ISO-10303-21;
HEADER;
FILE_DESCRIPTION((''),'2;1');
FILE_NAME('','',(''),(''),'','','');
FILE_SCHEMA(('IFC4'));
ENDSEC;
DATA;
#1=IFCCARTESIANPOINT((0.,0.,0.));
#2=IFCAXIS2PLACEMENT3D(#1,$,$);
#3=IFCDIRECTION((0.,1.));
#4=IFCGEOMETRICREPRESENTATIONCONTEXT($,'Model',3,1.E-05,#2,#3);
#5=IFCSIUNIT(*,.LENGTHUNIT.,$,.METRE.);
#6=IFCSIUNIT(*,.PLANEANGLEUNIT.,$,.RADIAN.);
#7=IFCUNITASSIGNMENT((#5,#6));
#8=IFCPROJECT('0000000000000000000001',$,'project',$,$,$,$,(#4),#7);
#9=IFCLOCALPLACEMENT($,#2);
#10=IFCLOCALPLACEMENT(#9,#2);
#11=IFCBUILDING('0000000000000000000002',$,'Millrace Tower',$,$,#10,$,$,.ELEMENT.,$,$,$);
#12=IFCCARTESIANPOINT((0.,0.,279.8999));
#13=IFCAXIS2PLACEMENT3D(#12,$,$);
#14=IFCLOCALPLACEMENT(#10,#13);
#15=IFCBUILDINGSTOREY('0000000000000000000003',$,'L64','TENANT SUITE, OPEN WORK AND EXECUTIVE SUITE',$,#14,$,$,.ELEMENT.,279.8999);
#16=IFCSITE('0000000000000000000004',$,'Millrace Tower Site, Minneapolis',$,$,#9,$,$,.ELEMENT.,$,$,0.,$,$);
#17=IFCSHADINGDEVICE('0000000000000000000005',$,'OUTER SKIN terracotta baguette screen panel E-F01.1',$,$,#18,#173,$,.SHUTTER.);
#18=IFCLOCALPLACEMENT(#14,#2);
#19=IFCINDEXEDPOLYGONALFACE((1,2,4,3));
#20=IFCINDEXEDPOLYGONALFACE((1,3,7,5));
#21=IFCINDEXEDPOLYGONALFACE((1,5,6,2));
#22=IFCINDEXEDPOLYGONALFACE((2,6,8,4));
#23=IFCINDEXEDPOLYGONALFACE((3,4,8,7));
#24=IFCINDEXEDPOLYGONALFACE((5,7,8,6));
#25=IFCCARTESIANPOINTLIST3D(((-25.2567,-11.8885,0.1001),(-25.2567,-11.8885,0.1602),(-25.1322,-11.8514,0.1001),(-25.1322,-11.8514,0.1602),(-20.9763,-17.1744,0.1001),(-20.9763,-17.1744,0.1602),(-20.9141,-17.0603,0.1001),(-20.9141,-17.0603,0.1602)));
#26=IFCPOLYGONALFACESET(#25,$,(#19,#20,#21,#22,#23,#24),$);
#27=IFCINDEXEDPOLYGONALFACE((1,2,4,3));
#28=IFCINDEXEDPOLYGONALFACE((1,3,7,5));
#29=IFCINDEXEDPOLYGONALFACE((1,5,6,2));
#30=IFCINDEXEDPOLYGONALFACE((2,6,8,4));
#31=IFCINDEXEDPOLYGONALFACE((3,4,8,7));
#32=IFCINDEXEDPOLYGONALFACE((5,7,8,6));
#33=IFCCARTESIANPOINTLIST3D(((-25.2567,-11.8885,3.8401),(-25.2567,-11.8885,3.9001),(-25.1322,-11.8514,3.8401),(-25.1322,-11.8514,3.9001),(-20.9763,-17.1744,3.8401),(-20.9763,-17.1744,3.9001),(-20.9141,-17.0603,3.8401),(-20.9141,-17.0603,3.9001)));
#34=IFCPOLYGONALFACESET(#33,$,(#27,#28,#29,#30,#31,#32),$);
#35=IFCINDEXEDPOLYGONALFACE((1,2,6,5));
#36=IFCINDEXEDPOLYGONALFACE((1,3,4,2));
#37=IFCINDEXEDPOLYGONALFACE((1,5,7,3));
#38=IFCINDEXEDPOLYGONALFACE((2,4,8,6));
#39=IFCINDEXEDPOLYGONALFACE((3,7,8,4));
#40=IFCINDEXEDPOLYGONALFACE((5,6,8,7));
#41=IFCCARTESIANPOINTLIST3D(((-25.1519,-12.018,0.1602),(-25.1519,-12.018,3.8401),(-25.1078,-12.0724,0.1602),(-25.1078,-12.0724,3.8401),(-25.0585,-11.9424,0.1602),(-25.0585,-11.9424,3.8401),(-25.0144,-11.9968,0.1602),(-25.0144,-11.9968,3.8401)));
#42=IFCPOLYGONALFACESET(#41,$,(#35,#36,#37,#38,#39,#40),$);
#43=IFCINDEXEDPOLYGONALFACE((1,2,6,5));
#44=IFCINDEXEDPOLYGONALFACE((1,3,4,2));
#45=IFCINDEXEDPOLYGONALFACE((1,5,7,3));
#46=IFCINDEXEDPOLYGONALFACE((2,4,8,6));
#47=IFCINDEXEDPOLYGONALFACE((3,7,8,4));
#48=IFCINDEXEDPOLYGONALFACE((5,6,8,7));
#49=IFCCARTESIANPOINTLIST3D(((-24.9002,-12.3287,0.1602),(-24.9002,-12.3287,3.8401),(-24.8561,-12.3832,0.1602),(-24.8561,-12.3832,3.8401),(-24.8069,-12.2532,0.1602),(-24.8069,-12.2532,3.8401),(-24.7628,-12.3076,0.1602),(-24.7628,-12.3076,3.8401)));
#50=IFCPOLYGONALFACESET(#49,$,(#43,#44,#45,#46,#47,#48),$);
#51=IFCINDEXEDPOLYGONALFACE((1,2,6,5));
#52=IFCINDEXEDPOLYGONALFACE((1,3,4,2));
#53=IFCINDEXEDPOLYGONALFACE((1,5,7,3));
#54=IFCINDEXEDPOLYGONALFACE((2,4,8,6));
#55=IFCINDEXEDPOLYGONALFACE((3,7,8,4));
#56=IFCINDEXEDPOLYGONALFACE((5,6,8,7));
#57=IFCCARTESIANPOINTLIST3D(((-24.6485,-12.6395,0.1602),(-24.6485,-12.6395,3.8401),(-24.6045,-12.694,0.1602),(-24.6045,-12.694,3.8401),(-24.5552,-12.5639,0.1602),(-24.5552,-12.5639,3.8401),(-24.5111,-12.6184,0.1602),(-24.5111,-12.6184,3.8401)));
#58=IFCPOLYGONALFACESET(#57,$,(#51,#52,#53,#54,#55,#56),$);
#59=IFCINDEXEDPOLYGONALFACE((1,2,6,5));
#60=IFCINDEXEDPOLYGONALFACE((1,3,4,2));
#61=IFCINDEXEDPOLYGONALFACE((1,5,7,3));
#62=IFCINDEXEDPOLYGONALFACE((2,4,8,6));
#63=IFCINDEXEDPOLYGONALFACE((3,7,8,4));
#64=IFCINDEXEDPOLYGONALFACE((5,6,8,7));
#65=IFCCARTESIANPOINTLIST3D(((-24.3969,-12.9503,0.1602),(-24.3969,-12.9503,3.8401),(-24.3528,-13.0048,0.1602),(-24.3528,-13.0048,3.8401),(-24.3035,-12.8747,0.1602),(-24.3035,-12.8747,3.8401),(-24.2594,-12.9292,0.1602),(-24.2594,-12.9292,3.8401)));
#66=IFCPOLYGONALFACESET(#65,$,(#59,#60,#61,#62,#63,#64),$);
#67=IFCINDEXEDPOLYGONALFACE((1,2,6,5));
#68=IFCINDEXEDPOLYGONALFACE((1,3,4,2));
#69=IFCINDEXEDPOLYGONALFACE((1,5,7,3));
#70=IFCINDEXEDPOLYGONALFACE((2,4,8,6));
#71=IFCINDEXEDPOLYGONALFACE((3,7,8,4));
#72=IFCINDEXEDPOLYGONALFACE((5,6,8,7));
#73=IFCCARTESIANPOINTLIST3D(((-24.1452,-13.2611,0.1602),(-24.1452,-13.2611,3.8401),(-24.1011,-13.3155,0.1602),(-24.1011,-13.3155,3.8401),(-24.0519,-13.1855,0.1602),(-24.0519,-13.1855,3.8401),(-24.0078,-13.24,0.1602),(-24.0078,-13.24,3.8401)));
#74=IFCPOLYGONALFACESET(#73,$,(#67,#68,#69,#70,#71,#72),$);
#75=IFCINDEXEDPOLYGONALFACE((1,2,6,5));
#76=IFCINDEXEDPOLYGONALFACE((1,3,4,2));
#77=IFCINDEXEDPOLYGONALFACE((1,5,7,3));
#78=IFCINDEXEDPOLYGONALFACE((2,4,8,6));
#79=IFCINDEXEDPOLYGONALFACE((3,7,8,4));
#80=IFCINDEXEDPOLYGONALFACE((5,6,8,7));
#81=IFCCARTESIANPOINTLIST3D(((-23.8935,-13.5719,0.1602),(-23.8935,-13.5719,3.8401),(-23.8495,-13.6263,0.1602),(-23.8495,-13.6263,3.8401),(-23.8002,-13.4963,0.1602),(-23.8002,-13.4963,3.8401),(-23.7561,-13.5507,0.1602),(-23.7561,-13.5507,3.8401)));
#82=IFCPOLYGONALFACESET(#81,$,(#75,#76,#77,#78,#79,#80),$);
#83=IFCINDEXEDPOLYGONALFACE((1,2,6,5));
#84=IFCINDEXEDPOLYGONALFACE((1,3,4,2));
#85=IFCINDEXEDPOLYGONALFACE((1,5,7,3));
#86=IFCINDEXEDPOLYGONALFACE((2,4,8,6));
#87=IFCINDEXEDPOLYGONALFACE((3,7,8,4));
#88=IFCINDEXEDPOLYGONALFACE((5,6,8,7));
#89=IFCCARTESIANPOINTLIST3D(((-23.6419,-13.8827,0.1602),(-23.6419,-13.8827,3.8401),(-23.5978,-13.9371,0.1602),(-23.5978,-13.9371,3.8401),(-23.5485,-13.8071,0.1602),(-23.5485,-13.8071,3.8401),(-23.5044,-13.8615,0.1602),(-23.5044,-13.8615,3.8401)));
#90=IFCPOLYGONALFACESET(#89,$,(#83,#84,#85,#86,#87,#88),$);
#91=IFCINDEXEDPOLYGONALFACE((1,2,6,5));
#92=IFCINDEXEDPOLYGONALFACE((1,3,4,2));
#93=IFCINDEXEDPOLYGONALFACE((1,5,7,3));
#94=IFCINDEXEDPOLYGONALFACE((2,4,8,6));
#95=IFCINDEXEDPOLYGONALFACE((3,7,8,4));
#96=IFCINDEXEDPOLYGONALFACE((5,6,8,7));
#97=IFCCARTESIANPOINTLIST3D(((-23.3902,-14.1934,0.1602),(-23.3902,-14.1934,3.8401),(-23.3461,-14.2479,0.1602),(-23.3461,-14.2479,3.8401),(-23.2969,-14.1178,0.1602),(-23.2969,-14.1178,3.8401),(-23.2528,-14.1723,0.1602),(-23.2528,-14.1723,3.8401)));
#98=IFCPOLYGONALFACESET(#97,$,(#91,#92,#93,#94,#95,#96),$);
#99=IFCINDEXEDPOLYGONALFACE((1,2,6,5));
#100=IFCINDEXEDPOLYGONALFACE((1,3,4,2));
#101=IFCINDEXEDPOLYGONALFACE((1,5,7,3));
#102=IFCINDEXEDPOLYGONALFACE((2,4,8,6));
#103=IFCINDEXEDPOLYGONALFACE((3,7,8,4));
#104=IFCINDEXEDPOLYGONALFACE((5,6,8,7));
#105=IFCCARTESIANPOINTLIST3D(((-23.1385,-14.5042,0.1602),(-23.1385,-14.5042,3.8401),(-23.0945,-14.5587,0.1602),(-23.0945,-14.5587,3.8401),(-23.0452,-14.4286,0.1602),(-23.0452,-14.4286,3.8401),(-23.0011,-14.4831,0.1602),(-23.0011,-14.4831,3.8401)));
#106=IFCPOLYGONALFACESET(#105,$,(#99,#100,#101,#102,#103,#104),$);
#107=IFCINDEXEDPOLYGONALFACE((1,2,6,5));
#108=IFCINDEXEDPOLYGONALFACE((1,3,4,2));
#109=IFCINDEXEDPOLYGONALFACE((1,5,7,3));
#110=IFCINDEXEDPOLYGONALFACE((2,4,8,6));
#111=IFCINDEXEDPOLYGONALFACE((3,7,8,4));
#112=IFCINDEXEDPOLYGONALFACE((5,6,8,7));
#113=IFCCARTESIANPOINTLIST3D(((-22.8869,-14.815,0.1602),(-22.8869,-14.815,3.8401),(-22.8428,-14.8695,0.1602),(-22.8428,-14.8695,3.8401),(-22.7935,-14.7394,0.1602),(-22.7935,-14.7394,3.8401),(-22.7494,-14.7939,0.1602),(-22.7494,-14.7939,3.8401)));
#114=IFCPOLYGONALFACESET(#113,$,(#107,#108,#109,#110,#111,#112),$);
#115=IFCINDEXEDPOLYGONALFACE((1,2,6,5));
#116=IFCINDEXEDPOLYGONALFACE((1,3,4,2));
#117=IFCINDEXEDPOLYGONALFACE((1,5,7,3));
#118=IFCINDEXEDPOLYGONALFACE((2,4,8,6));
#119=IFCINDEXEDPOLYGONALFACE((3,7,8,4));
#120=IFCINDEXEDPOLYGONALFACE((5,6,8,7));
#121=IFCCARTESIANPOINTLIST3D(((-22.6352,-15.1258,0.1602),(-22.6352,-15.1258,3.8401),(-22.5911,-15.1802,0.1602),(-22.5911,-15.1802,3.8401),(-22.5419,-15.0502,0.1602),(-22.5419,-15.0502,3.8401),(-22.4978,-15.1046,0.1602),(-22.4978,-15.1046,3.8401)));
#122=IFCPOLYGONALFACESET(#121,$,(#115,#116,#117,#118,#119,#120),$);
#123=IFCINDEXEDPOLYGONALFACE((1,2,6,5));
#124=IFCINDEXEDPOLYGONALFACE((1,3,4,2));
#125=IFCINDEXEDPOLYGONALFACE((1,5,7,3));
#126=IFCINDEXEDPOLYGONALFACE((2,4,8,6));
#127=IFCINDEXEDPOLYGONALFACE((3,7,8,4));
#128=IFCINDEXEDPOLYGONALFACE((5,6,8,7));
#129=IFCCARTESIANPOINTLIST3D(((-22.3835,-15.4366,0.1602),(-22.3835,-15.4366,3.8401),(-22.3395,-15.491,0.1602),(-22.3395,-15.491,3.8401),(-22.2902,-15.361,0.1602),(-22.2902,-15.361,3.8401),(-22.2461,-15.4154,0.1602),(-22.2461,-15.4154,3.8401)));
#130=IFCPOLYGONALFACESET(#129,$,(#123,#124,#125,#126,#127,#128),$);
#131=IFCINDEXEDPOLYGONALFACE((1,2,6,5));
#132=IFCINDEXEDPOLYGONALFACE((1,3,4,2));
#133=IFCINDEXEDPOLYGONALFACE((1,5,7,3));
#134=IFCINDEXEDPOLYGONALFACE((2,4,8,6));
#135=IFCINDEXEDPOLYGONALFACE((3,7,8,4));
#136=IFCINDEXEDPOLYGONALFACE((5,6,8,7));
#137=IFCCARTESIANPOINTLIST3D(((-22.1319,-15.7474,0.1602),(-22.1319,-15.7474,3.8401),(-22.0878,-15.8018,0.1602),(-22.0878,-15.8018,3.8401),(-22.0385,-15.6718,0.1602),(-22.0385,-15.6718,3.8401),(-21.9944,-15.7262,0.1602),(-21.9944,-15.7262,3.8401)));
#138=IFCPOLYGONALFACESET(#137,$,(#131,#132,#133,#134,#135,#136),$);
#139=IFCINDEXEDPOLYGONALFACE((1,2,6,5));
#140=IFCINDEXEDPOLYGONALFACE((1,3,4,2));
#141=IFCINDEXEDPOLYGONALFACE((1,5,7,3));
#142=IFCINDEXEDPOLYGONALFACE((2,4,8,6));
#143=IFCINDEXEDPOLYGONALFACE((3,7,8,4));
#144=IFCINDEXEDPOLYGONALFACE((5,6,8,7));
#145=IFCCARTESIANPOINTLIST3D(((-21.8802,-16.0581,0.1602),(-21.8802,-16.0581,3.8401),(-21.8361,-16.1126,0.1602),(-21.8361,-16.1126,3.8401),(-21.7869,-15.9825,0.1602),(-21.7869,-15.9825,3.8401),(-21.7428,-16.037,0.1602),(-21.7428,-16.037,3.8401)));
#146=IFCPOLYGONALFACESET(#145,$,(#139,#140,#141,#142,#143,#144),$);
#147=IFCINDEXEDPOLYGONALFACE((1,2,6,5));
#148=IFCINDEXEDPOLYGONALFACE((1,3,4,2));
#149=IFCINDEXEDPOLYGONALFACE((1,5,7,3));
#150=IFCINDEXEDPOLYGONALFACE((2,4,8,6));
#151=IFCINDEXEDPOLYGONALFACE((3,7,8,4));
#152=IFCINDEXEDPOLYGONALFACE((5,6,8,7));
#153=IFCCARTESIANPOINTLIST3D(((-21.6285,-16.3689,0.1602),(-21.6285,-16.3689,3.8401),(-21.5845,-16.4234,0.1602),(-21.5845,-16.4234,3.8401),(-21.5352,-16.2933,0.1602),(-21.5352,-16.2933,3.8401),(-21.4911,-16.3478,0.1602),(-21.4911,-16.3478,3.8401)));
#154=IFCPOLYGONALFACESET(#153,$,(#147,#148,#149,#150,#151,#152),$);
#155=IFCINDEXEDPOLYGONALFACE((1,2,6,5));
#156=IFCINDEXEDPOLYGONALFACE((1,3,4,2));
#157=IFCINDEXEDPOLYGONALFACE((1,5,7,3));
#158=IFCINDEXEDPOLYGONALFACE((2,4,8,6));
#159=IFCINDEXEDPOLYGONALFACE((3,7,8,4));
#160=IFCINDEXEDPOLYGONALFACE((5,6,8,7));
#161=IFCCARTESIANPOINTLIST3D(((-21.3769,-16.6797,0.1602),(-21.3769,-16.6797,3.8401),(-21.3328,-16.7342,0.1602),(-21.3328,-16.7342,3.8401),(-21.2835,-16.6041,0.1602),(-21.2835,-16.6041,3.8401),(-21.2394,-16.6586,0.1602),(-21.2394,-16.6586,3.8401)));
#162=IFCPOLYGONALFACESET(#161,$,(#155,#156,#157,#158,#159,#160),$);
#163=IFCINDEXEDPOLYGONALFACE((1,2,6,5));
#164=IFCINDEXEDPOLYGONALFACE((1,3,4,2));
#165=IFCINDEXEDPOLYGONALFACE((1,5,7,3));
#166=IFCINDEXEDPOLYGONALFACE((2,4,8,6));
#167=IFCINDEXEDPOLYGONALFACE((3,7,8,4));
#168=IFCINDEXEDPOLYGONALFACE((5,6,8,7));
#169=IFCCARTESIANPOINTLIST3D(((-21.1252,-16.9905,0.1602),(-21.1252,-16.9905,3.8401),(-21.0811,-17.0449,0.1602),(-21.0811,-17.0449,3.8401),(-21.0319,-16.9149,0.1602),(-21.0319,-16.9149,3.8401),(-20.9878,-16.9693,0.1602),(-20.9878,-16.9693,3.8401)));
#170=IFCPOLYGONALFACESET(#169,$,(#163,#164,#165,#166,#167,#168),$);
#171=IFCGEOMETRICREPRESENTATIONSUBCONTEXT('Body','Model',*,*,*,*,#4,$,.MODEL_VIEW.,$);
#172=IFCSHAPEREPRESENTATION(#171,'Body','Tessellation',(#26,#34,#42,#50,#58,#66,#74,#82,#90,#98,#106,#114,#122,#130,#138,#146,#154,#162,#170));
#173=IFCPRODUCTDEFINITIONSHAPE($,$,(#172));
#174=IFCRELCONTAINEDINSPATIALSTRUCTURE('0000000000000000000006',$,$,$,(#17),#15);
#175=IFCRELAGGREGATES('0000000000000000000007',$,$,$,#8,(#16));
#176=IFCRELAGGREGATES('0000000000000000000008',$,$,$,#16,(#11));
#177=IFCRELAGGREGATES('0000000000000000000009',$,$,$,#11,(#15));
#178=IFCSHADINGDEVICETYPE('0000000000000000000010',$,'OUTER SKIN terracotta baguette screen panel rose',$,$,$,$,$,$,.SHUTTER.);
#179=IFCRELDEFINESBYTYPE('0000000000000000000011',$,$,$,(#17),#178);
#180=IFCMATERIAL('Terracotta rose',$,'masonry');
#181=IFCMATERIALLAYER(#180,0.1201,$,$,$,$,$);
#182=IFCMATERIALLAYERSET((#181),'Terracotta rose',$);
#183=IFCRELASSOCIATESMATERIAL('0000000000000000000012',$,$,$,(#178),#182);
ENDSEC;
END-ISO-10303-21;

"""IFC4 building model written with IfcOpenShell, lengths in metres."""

from ifc_helpers import new_model, entity, si_unit, direction, frame, frame_2d, origin, origin_2d, place, context, subcontext, project, spatial, rectangle, extrude, source, transform, mapped, material, layer, layer_set, type_object, element, save


model = new_model("IFC4")

# Units and contexts
model_context = context("Model", 3, precision=1e-05, world=origin(), true_north=direction((0.0, 1.0)))
body_context = subcontext(model_context, "Body", "Model", "MODEL_VIEW")
ifc_project = project(units=[si_unit("LENGTHUNIT", "METRE"), si_unit("PLANEANGLEUNIT", "RADIAN")], contexts=[model_context])

# Site, building, storey
site_placement = place(None, origin())
site = spatial("IfcSite", under=ifc_project, at=site_placement, Name="Millrace Tower Site, Minneapolis", CompositionType="ELEMENT", RefElevation=0.0)
building_placement = place(site_placement, origin())
building = spatial("IfcBuilding", under=site, at=building_placement, Name="Millrace Tower", CompositionType="ELEMENT")
storey_placement = place(building_placement, frame((0.0, 0.0, 279.8999)))
storey = spatial("IfcBuildingStorey", under=building, at=storey_placement, Name="L64", Description="TENANT SUITE, OPEN WORK AND EXECUTIVE SUITE", CompositionType="ELEMENT", Elevation=279.8999)

# Shading device
ifc_material_1 = material(Name="Terracotta rose", Category="masonry")
ifc_layer_1 = layer(ifc_material_1, 0.1201)
ifc_layer_set_1 = layer_set([ifc_layer_1], Name="Terracotta rose")
shading_device_type = type_object("IfcShadingDeviceType", Name="OUTER SKIN terracotta baguette screen panel rose", PredefinedType="SHUTTER", material=ifc_layer_set_1)
cartesian_point_1 = entity("IfcCartesianPoint", [-3.3513, 0.0601])
shared_polyline_1 = entity("IfcPolyline", [cartesian_point_1, entity("IfcCartesianPoint", [3.3513, 0.0601]), entity("IfcCartesianPoint", [3.4009, -0.0601]), entity("IfcCartesianPoint", [-3.4009, -0.0601]), cartesian_point_1])
shared_shape_1 = source(origin(), body_context, "Body", "SweptSolid", [
    entity("IfcExtrudedAreaSolid", entity("IfcArbitraryClosedProfileDef", "AREA", None, shared_polyline_1), entity("IfcAxis2Placement3D", entity("IfcCartesianPoint", [0.0, 0.0, 0.0])), entity("IfcDirection", [0.0, 0.0, 1.0]), 0.0601),
    entity("IfcExtrudedAreaSolid", entity("IfcArbitraryClosedProfileDef", "AREA", None, shared_polyline_1), entity("IfcAxis2Placement3D", entity("IfcCartesianPoint", [0.0, 0.0, 3.74])), entity("IfcDirection", [0.0, 0.0, 1.0]), 0.0601),
    extrude(rectangle(XDim=0.0701, YDim=0.1201, at=frame_2d((-3.1992, 0.0))), frame((0.0, 0.0, 0.0601)), (0.0, 0.0, 1.0), 3.6799),
    extrude(rectangle(XDim=0.0701, YDim=0.1201, at=frame_2d((-2.7993, 0.0))), frame((0.0, 0.0, 0.0601)), (0.0, 0.0, 1.0), 3.6799),
    extrude(rectangle(XDim=0.0701, YDim=0.1201, at=frame_2d((-2.3994, 0.0))), frame((0.0, 0.0, 0.0601)), (0.0, 0.0, 1.0), 3.6799),
    extrude(rectangle(XDim=0.0701, YDim=0.1201, at=frame_2d((-1.9995, 0.0))), frame((0.0, 0.0, 0.0601)), (0.0, 0.0, 1.0), 3.6799),
    extrude(rectangle(XDim=0.0701, YDim=0.1201, at=frame_2d((-1.5996, 0.0))), frame((0.0, 0.0, 0.0601)), (0.0, 0.0, 1.0), 3.6799),
    extrude(rectangle(XDim=0.0701, YDim=0.1201, at=frame_2d((-1.1997, 0.0))), frame((0.0, 0.0, 0.0601)), (0.0, 0.0, 1.0), 3.6799),
    extrude(rectangle(XDim=0.0701, YDim=0.1201, at=frame_2d((-0.7998, 0.0))), frame((0.0, 0.0, 0.0601)), (0.0, 0.0, 1.0), 3.6799),
    extrude(rectangle(XDim=0.0701, YDim=0.1201, at=frame_2d((-0.3999, 0.0))), frame((0.0, 0.0, 0.0601)), (0.0, 0.0, 1.0), 3.6799),
    extrude(rectangle(XDim=0.0701, YDim=0.1201, at=origin_2d()), frame((0.0, 0.0, 0.0601)), (0.0, 0.0, 1.0), 3.6799),
    extrude(rectangle(XDim=0.0701, YDim=0.1201, at=frame_2d((0.3999, 0.0))), frame((0.0, 0.0, 0.0601)), (0.0, 0.0, 1.0), 3.6799),
    extrude(rectangle(XDim=0.0701, YDim=0.1201, at=frame_2d((0.7998, 0.0))), frame((0.0, 0.0, 0.0601)), (0.0, 0.0, 1.0), 3.6799),
    extrude(rectangle(XDim=0.0701, YDim=0.1201, at=frame_2d((1.1997, 0.0))), frame((0.0, 0.0, 0.0601)), (0.0, 0.0, 1.0), 3.6799),
    extrude(rectangle(XDim=0.0701, YDim=0.1201, at=frame_2d((1.5996, 0.0))), frame((0.0, 0.0, 0.0601)), (0.0, 0.0, 1.0), 3.6799),
    extrude(rectangle(XDim=0.0701, YDim=0.1201, at=frame_2d((1.9995, 0.0))), frame((0.0, 0.0, 0.0601)), (0.0, 0.0, 1.0), 3.6799),
    extrude(rectangle(XDim=0.0701, YDim=0.1201, at=frame_2d((2.3994, 0.0))), frame((0.0, 0.0, 0.0601)), (0.0, 0.0, 1.0), 3.6799),
    extrude(rectangle(XDim=0.0701, YDim=0.1201, at=frame_2d((2.7993, 0.0))), frame((0.0, 0.0, 0.0601)), (0.0, 0.0, 1.0), 3.6799),
    extrude(rectangle(XDim=0.0701, YDim=0.1201, at=frame_2d((3.1992, 0.0))), frame((0.0, 0.0, 0.0601)), (0.0, 0.0, 1.0), 3.6799),
])
shading_device_1_placement = place(storey_placement, frame((-23.0698, -14.4937, 0.1001), z_axis=(0.0, 0.0, 1.0), x_axis=(0.62932, -0.777146, 0.0)))
element("IfcShadingDevice", 1, at=shading_device_1_placement, inside=storey, type_object=shading_device_type, Name="OUTER SKIN terracotta baguette screen panel E-F01.1", PredefinedType="SHUTTER", context=body_context, shape_type="MappedRepresentation", body=[
    mapped(shared_shape_1, transform((0.0, 0.0, 0.0), scale=1.0)),
])

save(model, "model.ifc")
